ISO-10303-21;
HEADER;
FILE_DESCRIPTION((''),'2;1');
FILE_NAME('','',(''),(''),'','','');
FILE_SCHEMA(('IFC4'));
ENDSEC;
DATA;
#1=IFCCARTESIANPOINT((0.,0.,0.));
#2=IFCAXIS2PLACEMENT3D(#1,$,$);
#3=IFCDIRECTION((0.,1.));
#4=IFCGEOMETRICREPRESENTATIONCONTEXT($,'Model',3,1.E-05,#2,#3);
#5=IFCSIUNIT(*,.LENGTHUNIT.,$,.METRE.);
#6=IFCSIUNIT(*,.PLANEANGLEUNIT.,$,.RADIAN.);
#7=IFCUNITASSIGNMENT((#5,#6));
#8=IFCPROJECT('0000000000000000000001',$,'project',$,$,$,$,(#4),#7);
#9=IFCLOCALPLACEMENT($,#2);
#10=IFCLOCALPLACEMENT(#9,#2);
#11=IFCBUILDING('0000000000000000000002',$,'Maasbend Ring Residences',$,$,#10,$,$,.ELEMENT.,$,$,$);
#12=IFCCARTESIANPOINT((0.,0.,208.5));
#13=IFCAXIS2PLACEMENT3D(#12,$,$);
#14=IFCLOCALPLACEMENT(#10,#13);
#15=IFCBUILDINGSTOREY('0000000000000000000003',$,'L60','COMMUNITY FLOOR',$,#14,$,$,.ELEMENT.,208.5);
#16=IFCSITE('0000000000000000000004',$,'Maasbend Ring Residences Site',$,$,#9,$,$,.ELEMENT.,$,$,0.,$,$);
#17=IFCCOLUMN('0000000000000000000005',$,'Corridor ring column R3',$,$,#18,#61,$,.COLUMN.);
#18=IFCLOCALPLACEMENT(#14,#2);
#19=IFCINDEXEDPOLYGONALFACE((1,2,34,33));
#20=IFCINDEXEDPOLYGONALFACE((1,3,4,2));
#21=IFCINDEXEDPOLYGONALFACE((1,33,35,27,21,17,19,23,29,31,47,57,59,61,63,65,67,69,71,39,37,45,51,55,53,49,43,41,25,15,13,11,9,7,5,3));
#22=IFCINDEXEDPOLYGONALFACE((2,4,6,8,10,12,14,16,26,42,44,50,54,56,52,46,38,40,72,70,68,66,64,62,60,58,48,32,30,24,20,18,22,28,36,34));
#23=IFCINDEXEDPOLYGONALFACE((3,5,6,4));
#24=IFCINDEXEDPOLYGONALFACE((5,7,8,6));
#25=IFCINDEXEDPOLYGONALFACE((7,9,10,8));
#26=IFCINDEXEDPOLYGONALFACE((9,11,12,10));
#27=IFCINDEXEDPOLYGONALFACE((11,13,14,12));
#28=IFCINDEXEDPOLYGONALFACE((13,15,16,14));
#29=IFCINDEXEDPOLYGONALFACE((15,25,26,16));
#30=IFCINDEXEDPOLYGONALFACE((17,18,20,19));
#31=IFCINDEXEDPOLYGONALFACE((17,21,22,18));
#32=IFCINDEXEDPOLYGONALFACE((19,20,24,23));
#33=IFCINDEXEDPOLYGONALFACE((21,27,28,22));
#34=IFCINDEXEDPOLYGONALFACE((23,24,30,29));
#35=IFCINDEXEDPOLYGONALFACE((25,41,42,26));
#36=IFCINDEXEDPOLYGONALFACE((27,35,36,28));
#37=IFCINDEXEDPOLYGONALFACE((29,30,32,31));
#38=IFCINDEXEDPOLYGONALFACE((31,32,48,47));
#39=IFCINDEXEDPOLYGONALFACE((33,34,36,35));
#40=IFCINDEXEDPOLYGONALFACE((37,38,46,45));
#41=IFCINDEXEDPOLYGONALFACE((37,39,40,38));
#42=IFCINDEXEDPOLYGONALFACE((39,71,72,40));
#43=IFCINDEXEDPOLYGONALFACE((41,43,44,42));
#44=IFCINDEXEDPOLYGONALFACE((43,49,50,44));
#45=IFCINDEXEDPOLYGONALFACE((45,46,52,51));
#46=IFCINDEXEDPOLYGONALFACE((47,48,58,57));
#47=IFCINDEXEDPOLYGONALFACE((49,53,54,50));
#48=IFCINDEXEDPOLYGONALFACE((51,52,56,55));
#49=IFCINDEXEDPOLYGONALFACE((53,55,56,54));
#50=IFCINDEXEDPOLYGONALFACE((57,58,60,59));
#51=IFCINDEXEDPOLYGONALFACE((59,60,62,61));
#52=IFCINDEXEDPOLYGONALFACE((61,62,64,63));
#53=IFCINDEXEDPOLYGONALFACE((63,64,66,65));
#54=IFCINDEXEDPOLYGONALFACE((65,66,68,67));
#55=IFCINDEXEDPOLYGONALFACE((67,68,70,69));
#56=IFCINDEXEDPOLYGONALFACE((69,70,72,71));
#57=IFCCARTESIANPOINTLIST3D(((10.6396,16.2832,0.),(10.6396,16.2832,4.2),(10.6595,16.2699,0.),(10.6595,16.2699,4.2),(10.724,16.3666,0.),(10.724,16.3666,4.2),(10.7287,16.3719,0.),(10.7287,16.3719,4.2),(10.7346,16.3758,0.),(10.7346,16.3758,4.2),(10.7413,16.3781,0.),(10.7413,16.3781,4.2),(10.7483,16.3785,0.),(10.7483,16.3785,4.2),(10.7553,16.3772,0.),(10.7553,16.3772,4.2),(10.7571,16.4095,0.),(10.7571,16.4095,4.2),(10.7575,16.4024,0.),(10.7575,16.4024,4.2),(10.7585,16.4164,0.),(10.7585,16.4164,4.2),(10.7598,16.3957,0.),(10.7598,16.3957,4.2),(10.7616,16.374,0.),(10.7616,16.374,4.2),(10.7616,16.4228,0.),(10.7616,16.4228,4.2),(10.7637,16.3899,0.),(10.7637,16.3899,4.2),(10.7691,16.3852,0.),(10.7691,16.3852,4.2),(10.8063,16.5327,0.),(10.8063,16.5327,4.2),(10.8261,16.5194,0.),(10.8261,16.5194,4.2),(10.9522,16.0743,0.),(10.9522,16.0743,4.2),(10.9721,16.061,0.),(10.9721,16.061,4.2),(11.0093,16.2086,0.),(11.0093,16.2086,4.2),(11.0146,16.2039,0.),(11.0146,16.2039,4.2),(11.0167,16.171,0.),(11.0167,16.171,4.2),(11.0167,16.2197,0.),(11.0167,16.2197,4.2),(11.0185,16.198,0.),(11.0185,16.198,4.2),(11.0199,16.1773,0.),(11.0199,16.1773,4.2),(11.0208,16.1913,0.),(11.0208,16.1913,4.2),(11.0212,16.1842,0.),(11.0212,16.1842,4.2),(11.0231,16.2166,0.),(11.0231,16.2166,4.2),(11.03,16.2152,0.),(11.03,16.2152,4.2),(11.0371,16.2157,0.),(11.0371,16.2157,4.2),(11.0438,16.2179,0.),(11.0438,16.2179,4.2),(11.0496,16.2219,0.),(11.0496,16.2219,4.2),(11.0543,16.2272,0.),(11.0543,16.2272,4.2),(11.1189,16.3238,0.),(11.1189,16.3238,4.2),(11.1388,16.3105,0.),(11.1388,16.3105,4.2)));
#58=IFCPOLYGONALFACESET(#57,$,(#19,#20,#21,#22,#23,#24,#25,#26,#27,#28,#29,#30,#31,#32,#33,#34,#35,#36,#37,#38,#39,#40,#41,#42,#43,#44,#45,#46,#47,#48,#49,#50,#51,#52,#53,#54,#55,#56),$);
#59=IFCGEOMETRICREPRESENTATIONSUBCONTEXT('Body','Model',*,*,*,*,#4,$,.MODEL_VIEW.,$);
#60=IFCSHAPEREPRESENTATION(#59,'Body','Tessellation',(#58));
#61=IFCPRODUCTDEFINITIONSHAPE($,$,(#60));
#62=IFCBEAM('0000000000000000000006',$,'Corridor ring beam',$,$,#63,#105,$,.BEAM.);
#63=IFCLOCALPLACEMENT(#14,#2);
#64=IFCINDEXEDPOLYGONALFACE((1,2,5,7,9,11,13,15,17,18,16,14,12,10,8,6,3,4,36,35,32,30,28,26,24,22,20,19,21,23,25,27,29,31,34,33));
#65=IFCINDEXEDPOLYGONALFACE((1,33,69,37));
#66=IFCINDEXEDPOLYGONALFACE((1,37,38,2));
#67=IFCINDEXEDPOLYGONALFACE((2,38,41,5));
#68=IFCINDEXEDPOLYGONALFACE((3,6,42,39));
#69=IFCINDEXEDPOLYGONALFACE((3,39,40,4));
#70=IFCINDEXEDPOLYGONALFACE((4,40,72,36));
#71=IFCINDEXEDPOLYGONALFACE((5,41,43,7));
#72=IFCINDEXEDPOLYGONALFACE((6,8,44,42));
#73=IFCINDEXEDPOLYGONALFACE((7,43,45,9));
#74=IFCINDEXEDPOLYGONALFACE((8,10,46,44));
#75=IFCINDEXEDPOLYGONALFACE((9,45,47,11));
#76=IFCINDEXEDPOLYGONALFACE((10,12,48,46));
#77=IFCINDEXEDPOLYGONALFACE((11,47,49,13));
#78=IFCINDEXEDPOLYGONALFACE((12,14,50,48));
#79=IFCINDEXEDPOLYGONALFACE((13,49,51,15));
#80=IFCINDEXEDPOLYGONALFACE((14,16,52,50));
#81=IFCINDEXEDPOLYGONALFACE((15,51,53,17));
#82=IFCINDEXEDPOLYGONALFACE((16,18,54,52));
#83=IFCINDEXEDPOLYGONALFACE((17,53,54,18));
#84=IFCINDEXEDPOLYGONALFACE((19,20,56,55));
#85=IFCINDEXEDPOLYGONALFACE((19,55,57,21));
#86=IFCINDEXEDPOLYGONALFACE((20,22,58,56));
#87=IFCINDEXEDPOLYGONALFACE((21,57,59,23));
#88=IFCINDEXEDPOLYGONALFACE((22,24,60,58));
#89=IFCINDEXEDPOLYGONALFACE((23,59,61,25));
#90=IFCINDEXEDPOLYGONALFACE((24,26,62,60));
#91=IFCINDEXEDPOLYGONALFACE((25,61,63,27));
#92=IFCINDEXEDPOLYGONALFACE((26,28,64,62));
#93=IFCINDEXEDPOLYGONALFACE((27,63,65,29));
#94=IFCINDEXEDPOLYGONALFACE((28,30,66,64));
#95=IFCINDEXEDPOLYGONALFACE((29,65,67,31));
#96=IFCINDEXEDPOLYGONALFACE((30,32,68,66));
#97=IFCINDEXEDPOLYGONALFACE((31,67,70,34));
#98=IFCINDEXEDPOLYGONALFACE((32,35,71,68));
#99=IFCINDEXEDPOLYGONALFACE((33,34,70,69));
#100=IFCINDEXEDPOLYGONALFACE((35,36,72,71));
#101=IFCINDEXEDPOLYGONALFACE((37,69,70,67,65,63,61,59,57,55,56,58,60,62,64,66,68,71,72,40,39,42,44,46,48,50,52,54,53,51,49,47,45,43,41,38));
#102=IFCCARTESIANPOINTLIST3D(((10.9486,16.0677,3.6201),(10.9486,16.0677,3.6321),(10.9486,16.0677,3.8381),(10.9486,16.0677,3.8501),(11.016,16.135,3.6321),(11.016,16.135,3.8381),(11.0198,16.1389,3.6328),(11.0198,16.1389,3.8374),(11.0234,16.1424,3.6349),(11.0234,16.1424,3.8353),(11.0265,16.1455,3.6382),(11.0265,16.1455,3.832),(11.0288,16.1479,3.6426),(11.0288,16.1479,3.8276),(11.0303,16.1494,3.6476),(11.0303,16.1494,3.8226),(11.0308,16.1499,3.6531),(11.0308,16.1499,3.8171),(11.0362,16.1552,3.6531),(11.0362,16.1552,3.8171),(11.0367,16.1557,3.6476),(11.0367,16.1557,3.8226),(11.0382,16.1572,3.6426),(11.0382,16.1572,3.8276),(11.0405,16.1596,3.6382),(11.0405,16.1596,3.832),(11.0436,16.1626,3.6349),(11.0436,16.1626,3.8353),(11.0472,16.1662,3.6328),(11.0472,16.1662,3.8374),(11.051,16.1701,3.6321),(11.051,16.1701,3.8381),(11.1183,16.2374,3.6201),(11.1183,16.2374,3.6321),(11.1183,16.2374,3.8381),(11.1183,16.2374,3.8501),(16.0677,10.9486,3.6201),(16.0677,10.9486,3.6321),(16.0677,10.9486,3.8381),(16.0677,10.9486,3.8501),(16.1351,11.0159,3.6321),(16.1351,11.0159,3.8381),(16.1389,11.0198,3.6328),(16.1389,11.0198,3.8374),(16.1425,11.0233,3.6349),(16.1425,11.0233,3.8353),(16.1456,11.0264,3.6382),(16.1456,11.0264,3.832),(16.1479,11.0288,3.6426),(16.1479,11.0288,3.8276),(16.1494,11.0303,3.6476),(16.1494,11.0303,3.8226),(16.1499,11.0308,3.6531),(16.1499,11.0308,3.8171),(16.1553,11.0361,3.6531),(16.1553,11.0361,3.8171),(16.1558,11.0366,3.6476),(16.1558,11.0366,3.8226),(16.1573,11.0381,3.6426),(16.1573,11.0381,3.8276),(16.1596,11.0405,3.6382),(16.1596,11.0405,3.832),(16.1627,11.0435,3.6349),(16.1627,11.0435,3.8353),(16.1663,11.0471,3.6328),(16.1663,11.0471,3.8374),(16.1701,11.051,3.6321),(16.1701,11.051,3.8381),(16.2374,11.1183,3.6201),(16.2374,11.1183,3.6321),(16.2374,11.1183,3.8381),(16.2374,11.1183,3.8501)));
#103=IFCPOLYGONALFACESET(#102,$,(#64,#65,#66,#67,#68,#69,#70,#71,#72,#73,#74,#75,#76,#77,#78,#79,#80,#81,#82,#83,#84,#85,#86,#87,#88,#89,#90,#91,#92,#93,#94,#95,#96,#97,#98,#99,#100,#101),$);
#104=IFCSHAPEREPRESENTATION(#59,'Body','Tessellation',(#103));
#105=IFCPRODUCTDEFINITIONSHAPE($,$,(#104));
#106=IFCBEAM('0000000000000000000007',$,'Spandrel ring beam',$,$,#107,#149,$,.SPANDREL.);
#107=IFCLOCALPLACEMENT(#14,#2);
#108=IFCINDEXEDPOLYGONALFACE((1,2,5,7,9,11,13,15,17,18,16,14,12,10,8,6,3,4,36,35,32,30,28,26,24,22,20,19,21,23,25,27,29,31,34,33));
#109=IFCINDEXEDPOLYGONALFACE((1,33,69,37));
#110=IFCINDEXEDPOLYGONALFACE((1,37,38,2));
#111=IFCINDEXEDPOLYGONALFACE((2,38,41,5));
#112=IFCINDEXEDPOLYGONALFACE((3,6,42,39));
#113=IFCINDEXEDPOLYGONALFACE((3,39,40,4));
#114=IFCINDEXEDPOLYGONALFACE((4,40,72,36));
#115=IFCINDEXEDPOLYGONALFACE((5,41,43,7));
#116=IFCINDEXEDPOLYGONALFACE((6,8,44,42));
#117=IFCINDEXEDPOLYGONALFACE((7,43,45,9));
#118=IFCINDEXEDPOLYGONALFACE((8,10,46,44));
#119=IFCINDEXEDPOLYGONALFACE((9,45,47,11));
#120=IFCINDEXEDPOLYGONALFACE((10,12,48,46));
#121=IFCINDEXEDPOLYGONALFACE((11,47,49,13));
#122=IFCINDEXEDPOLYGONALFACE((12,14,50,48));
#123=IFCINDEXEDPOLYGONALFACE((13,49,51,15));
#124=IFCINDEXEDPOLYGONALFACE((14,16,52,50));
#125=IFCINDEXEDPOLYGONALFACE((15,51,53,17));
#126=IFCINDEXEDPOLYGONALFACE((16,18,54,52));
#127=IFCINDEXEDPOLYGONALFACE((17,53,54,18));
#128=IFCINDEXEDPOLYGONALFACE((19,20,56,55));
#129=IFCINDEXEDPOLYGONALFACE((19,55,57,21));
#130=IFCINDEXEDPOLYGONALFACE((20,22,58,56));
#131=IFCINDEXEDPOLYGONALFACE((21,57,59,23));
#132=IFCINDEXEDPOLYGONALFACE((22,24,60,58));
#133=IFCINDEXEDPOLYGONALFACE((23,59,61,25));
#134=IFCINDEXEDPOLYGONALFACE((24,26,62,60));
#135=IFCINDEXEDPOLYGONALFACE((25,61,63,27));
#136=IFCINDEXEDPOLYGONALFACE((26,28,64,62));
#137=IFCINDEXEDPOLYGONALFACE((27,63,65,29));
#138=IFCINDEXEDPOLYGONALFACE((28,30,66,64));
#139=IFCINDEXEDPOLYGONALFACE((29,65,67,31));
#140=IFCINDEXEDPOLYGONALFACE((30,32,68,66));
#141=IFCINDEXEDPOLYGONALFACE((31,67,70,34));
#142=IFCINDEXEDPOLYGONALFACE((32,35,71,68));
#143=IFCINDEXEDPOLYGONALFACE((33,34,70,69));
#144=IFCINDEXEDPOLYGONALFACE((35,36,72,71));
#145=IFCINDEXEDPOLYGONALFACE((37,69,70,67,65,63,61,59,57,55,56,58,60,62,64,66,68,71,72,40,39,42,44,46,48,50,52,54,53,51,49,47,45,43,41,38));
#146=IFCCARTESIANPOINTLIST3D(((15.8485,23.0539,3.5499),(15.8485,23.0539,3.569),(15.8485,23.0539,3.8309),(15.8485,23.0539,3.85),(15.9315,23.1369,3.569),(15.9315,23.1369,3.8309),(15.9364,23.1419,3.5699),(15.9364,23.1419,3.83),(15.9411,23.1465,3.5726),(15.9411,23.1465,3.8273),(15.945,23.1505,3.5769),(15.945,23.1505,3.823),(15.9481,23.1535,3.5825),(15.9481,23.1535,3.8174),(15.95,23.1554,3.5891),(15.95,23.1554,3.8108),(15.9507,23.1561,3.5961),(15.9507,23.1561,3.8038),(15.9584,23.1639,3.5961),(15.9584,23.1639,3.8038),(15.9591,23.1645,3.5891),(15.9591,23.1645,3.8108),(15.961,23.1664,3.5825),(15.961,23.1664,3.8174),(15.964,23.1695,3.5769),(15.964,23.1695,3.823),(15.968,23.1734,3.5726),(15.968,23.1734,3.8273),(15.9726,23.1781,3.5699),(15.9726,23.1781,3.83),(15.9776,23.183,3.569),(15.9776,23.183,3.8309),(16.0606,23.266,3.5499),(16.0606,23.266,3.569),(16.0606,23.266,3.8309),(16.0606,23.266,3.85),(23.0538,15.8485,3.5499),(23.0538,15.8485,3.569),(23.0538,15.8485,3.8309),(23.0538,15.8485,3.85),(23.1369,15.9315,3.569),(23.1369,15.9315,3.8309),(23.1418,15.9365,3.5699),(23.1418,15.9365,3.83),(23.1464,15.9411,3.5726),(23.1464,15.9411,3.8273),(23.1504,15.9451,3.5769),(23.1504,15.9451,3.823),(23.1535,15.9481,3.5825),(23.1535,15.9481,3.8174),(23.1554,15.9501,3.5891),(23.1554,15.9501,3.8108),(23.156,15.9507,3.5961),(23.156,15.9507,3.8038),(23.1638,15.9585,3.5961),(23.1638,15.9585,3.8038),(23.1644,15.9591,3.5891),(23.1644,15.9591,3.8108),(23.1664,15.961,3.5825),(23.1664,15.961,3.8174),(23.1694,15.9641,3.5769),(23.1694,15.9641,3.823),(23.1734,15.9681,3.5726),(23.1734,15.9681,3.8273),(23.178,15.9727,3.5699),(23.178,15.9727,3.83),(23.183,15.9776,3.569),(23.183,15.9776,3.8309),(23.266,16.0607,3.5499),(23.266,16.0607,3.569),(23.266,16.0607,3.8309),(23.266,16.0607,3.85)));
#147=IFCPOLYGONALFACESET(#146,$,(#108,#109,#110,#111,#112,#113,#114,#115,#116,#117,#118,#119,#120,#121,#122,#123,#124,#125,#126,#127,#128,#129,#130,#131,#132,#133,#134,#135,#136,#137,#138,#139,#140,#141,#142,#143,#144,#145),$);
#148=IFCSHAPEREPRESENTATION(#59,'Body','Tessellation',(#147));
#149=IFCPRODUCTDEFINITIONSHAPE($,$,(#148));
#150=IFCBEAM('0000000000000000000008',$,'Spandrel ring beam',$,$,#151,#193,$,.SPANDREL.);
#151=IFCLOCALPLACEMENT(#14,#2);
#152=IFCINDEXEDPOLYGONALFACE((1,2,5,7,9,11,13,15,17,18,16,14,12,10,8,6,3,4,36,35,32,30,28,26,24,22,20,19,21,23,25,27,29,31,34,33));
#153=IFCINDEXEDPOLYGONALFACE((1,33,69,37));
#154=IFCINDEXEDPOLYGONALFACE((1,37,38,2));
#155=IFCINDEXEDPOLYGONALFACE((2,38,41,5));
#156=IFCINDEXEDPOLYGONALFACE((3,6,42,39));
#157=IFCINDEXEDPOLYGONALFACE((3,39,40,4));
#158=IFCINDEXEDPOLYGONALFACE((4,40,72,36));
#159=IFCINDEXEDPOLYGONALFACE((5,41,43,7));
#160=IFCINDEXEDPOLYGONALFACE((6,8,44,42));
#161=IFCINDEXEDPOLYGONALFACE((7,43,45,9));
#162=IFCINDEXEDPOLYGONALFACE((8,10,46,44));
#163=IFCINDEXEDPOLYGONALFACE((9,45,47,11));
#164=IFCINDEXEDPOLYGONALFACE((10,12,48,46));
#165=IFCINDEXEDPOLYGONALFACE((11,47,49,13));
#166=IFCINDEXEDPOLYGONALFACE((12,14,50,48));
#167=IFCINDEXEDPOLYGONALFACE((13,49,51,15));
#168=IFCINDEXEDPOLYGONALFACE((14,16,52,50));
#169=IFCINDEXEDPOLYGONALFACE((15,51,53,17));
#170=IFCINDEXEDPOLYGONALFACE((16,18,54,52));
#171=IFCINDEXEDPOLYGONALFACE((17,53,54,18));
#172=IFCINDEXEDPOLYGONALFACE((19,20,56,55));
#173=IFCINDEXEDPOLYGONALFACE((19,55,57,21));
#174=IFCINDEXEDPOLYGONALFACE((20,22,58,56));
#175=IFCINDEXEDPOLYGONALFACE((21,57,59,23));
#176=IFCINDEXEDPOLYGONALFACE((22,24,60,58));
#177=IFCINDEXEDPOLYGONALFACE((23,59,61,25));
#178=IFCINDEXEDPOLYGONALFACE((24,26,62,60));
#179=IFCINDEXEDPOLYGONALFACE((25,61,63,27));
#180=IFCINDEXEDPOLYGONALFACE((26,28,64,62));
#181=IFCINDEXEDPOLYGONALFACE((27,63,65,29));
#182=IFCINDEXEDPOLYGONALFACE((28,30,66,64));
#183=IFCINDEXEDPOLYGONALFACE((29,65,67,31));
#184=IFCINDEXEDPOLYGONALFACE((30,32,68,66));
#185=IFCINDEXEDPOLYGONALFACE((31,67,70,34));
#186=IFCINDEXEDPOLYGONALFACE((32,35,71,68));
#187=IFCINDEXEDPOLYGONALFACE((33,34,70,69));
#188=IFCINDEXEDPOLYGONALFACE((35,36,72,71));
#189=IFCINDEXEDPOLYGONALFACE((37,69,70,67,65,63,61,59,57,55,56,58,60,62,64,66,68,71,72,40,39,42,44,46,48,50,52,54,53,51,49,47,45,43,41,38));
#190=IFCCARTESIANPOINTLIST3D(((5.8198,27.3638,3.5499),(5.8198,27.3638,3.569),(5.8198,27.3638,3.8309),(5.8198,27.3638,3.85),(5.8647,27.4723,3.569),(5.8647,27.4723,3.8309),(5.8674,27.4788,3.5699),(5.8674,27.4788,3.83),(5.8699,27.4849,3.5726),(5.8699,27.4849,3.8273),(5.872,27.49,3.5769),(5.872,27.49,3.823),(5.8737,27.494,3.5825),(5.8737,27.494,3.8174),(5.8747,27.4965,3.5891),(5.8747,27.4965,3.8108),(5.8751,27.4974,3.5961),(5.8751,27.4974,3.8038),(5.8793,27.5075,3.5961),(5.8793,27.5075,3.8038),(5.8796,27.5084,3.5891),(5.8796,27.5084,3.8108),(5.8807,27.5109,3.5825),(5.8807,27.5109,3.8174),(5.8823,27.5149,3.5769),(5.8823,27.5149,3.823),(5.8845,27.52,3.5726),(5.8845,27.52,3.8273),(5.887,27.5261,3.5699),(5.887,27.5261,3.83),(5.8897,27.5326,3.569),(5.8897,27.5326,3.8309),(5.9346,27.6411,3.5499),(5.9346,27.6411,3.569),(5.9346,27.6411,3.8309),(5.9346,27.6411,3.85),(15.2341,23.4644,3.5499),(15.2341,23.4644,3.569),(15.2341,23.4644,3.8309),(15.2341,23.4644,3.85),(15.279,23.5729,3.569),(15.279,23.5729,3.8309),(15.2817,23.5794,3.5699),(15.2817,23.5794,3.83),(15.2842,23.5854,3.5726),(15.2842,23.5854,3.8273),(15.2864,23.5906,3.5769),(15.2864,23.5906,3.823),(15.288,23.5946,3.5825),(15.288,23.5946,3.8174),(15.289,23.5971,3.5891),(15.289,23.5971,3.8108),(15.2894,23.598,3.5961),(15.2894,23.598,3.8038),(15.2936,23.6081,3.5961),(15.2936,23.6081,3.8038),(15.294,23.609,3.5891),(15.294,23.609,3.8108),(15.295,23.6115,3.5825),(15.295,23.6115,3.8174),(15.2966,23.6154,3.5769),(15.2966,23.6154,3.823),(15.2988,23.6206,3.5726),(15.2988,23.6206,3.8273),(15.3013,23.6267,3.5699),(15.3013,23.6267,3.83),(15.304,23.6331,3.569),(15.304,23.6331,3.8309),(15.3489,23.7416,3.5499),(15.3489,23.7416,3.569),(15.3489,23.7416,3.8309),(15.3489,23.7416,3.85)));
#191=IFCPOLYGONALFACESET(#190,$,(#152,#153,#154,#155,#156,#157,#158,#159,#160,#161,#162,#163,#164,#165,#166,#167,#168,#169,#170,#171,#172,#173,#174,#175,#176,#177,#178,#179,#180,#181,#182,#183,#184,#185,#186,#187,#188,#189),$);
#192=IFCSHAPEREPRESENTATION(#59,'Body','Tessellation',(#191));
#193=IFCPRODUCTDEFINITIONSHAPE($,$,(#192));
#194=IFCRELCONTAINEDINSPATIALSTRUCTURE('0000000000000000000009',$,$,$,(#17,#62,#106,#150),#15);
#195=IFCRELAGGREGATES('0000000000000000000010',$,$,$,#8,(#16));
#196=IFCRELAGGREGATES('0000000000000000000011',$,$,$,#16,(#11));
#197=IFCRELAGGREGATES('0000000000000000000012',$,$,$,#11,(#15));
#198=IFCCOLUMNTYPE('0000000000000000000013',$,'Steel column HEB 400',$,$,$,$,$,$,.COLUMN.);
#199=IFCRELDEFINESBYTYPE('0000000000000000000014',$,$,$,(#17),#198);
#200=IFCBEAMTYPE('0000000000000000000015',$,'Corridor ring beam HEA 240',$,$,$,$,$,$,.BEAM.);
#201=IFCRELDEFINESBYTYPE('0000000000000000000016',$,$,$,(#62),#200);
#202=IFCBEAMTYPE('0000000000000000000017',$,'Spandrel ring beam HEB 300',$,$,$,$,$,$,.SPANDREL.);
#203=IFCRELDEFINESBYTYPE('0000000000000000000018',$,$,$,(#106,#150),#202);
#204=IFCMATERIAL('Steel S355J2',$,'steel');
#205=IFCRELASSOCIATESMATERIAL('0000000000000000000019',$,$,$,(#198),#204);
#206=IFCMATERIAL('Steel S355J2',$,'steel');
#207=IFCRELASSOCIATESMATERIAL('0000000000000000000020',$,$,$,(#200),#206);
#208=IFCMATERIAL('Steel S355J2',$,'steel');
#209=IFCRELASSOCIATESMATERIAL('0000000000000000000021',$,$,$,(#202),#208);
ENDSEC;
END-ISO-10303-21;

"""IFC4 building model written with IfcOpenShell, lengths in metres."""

from ifc_helpers import new_model, si_unit, direction, frame, origin, origin_2d, place, context, subcontext, project, spatial, i_section, extrude, material, material_profile, profile_set, type_object, element, save


model = new_model("IFC4")

# Units and contexts
model_context = context("Model", 3, precision=1e-05, world=origin(), true_north=direction((0.0, 1.0)))
body_context = subcontext(model_context, "Body", "Model", "MODEL_VIEW")
ifc_project = project(units=[si_unit("LENGTHUNIT", "METRE"), si_unit("PLANEANGLEUNIT", "RADIAN")], contexts=[model_context])

# Site, building, storey
site_placement = place(None, origin())
site = spatial("IfcSite", under=ifc_project, at=site_placement, Name="Maasbend Ring Residences Site", CompositionType="ELEMENT", RefElevation=0.0)
building_placement = place(site_placement, origin())
building = spatial("IfcBuilding", under=site, at=building_placement, Name="Maasbend Ring Residences", CompositionType="ELEMENT")
storey_placement = place(building_placement, frame((0.0, 0.0, 208.5)))
storey = spatial("IfcBuildingStorey", under=building, at=storey_placement, Name="L60", Description="COMMUNITY FLOOR", CompositionType="ELEMENT", Elevation=208.5)

# Column
ifc_material_1 = material(Name="Steel S355J2", Category="steel")
ifc_material_profile_1 = material_profile(ifc_material_1, i_section(OverallWidth=0.3, OverallDepth=0.3999, WebThickness=0.0134, FlangeThickness=0.0239, FilletRadius=0.0271, at=origin_2d()), Name="HEB 400")
ifc_profile_set_1 = profile_set([ifc_material_profile_1], Name="Steel S355J2")
column_type_1 = type_object("IfcColumnType", Name="Steel column HEB 400", PredefinedType="COLUMN", material=ifc_profile_set_1)
for number, where, z_axis, x_axis, name in (
    (1, (10.8892, 16.2969, 0.0), (0.0, 0.0, 1.0), (0.55557, 0.83147, 0.0), "Corridor ring column R3"),
):
    element("IfcColumn", number, at=place(storey_placement, frame(where, z_axis=z_axis, x_axis=x_axis)), inside=storey, type_object=column_type_1, Name=name, PredefinedType="COLUMN", context=body_context, shape_type="SweptSolid", body=[
        extrude(i_section(OverallWidth=0.3, OverallDepth=0.3999, WebThickness=0.0134, FlangeThickness=0.0239, FilletRadius=0.0271, at=origin_2d()), origin(), (0.0, 0.0, 1.0), 4.2),
    ])

# Beams
ifc_material_2 = material(Name="Steel S355J2", Category="steel")
ifc_material_profile_2 = material_profile(ifc_material_2, i_section(OverallWidth=0.24, OverallDepth=0.23, WebThickness=0.0076, FlangeThickness=0.012, FilletRadius=0.021, at=origin_2d()), Name="HEA 240")
ifc_profile_set_2 = profile_set([ifc_material_profile_2], Name="Steel S355J2")
beam_type_1 = type_object("IfcBeamType", Name="Corridor ring beam HEA 240", PredefinedType="BEAM", material=ifc_profile_set_2)
beam_placement = place(storey_placement, frame((16.1526, 11.0334, 3.7351), z_axis=(-0.707107, 0.707107, 0.0), x_axis=(-0.707107, -0.707107, 0.0)))
element("IfcBeam", 2, at=beam_placement, inside=storey, type_object=beam_type_1, Name="Corridor ring beam", PredefinedType="BEAM", context=body_context, shape_type="SweptSolid", body=[
    extrude(i_section(OverallWidth=0.24, OverallDepth=0.23, WebThickness=0.0076, FlangeThickness=0.012, FilletRadius=0.021, at=origin_2d()), origin(), (0.0, 0.0, 1.0), 7.2395),
])
ifc_material_3 = material(Name="Steel S355J2", Category="steel")
ifc_material_profile_3 = material_profile(ifc_material_3, i_section(OverallWidth=0.3, OverallDepth=0.3, WebThickness=0.011, FlangeThickness=0.019, FilletRadius=0.0271, at=origin_2d()), Name="HEB 300")
ifc_profile_set_3 = profile_set([ifc_material_profile_3], Name="Steel S355J2")
beam_type_2 = type_object("IfcBeamType", Name="Spandrel ring beam HEB 300", PredefinedType="SPANDREL", material=ifc_profile_set_3)
for number, where, z_axis, x_axis, name in (
    (3, (23.1599, 15.9546, 3.7), (-0.707107, 0.707107, 0.0), (-0.707107, -0.707107, 0.0), "Spandrel ring beam"),
    (4, (15.2915, 23.603, 3.7), (-0.923884, 0.382673, 0.0), (-0.382673, -0.923884, 0.0), "Spandrel ring beam"),
):
    element("IfcBeam", number, at=place(storey_placement, frame(where, z_axis=z_axis, x_axis=x_axis)), inside=storey, type_object=beam_type_2, Name=name, PredefinedType="SPANDREL", context=body_context, shape_type="SweptSolid", body=[
        extrude(i_section(OverallWidth=0.3, OverallDepth=0.3, WebThickness=0.011, FlangeThickness=0.019, FilletRadius=0.0271, at=origin_2d()), origin(), (0.0, 0.0, 1.0), 10.1899),
    ])

save(model, "model.ifc")
